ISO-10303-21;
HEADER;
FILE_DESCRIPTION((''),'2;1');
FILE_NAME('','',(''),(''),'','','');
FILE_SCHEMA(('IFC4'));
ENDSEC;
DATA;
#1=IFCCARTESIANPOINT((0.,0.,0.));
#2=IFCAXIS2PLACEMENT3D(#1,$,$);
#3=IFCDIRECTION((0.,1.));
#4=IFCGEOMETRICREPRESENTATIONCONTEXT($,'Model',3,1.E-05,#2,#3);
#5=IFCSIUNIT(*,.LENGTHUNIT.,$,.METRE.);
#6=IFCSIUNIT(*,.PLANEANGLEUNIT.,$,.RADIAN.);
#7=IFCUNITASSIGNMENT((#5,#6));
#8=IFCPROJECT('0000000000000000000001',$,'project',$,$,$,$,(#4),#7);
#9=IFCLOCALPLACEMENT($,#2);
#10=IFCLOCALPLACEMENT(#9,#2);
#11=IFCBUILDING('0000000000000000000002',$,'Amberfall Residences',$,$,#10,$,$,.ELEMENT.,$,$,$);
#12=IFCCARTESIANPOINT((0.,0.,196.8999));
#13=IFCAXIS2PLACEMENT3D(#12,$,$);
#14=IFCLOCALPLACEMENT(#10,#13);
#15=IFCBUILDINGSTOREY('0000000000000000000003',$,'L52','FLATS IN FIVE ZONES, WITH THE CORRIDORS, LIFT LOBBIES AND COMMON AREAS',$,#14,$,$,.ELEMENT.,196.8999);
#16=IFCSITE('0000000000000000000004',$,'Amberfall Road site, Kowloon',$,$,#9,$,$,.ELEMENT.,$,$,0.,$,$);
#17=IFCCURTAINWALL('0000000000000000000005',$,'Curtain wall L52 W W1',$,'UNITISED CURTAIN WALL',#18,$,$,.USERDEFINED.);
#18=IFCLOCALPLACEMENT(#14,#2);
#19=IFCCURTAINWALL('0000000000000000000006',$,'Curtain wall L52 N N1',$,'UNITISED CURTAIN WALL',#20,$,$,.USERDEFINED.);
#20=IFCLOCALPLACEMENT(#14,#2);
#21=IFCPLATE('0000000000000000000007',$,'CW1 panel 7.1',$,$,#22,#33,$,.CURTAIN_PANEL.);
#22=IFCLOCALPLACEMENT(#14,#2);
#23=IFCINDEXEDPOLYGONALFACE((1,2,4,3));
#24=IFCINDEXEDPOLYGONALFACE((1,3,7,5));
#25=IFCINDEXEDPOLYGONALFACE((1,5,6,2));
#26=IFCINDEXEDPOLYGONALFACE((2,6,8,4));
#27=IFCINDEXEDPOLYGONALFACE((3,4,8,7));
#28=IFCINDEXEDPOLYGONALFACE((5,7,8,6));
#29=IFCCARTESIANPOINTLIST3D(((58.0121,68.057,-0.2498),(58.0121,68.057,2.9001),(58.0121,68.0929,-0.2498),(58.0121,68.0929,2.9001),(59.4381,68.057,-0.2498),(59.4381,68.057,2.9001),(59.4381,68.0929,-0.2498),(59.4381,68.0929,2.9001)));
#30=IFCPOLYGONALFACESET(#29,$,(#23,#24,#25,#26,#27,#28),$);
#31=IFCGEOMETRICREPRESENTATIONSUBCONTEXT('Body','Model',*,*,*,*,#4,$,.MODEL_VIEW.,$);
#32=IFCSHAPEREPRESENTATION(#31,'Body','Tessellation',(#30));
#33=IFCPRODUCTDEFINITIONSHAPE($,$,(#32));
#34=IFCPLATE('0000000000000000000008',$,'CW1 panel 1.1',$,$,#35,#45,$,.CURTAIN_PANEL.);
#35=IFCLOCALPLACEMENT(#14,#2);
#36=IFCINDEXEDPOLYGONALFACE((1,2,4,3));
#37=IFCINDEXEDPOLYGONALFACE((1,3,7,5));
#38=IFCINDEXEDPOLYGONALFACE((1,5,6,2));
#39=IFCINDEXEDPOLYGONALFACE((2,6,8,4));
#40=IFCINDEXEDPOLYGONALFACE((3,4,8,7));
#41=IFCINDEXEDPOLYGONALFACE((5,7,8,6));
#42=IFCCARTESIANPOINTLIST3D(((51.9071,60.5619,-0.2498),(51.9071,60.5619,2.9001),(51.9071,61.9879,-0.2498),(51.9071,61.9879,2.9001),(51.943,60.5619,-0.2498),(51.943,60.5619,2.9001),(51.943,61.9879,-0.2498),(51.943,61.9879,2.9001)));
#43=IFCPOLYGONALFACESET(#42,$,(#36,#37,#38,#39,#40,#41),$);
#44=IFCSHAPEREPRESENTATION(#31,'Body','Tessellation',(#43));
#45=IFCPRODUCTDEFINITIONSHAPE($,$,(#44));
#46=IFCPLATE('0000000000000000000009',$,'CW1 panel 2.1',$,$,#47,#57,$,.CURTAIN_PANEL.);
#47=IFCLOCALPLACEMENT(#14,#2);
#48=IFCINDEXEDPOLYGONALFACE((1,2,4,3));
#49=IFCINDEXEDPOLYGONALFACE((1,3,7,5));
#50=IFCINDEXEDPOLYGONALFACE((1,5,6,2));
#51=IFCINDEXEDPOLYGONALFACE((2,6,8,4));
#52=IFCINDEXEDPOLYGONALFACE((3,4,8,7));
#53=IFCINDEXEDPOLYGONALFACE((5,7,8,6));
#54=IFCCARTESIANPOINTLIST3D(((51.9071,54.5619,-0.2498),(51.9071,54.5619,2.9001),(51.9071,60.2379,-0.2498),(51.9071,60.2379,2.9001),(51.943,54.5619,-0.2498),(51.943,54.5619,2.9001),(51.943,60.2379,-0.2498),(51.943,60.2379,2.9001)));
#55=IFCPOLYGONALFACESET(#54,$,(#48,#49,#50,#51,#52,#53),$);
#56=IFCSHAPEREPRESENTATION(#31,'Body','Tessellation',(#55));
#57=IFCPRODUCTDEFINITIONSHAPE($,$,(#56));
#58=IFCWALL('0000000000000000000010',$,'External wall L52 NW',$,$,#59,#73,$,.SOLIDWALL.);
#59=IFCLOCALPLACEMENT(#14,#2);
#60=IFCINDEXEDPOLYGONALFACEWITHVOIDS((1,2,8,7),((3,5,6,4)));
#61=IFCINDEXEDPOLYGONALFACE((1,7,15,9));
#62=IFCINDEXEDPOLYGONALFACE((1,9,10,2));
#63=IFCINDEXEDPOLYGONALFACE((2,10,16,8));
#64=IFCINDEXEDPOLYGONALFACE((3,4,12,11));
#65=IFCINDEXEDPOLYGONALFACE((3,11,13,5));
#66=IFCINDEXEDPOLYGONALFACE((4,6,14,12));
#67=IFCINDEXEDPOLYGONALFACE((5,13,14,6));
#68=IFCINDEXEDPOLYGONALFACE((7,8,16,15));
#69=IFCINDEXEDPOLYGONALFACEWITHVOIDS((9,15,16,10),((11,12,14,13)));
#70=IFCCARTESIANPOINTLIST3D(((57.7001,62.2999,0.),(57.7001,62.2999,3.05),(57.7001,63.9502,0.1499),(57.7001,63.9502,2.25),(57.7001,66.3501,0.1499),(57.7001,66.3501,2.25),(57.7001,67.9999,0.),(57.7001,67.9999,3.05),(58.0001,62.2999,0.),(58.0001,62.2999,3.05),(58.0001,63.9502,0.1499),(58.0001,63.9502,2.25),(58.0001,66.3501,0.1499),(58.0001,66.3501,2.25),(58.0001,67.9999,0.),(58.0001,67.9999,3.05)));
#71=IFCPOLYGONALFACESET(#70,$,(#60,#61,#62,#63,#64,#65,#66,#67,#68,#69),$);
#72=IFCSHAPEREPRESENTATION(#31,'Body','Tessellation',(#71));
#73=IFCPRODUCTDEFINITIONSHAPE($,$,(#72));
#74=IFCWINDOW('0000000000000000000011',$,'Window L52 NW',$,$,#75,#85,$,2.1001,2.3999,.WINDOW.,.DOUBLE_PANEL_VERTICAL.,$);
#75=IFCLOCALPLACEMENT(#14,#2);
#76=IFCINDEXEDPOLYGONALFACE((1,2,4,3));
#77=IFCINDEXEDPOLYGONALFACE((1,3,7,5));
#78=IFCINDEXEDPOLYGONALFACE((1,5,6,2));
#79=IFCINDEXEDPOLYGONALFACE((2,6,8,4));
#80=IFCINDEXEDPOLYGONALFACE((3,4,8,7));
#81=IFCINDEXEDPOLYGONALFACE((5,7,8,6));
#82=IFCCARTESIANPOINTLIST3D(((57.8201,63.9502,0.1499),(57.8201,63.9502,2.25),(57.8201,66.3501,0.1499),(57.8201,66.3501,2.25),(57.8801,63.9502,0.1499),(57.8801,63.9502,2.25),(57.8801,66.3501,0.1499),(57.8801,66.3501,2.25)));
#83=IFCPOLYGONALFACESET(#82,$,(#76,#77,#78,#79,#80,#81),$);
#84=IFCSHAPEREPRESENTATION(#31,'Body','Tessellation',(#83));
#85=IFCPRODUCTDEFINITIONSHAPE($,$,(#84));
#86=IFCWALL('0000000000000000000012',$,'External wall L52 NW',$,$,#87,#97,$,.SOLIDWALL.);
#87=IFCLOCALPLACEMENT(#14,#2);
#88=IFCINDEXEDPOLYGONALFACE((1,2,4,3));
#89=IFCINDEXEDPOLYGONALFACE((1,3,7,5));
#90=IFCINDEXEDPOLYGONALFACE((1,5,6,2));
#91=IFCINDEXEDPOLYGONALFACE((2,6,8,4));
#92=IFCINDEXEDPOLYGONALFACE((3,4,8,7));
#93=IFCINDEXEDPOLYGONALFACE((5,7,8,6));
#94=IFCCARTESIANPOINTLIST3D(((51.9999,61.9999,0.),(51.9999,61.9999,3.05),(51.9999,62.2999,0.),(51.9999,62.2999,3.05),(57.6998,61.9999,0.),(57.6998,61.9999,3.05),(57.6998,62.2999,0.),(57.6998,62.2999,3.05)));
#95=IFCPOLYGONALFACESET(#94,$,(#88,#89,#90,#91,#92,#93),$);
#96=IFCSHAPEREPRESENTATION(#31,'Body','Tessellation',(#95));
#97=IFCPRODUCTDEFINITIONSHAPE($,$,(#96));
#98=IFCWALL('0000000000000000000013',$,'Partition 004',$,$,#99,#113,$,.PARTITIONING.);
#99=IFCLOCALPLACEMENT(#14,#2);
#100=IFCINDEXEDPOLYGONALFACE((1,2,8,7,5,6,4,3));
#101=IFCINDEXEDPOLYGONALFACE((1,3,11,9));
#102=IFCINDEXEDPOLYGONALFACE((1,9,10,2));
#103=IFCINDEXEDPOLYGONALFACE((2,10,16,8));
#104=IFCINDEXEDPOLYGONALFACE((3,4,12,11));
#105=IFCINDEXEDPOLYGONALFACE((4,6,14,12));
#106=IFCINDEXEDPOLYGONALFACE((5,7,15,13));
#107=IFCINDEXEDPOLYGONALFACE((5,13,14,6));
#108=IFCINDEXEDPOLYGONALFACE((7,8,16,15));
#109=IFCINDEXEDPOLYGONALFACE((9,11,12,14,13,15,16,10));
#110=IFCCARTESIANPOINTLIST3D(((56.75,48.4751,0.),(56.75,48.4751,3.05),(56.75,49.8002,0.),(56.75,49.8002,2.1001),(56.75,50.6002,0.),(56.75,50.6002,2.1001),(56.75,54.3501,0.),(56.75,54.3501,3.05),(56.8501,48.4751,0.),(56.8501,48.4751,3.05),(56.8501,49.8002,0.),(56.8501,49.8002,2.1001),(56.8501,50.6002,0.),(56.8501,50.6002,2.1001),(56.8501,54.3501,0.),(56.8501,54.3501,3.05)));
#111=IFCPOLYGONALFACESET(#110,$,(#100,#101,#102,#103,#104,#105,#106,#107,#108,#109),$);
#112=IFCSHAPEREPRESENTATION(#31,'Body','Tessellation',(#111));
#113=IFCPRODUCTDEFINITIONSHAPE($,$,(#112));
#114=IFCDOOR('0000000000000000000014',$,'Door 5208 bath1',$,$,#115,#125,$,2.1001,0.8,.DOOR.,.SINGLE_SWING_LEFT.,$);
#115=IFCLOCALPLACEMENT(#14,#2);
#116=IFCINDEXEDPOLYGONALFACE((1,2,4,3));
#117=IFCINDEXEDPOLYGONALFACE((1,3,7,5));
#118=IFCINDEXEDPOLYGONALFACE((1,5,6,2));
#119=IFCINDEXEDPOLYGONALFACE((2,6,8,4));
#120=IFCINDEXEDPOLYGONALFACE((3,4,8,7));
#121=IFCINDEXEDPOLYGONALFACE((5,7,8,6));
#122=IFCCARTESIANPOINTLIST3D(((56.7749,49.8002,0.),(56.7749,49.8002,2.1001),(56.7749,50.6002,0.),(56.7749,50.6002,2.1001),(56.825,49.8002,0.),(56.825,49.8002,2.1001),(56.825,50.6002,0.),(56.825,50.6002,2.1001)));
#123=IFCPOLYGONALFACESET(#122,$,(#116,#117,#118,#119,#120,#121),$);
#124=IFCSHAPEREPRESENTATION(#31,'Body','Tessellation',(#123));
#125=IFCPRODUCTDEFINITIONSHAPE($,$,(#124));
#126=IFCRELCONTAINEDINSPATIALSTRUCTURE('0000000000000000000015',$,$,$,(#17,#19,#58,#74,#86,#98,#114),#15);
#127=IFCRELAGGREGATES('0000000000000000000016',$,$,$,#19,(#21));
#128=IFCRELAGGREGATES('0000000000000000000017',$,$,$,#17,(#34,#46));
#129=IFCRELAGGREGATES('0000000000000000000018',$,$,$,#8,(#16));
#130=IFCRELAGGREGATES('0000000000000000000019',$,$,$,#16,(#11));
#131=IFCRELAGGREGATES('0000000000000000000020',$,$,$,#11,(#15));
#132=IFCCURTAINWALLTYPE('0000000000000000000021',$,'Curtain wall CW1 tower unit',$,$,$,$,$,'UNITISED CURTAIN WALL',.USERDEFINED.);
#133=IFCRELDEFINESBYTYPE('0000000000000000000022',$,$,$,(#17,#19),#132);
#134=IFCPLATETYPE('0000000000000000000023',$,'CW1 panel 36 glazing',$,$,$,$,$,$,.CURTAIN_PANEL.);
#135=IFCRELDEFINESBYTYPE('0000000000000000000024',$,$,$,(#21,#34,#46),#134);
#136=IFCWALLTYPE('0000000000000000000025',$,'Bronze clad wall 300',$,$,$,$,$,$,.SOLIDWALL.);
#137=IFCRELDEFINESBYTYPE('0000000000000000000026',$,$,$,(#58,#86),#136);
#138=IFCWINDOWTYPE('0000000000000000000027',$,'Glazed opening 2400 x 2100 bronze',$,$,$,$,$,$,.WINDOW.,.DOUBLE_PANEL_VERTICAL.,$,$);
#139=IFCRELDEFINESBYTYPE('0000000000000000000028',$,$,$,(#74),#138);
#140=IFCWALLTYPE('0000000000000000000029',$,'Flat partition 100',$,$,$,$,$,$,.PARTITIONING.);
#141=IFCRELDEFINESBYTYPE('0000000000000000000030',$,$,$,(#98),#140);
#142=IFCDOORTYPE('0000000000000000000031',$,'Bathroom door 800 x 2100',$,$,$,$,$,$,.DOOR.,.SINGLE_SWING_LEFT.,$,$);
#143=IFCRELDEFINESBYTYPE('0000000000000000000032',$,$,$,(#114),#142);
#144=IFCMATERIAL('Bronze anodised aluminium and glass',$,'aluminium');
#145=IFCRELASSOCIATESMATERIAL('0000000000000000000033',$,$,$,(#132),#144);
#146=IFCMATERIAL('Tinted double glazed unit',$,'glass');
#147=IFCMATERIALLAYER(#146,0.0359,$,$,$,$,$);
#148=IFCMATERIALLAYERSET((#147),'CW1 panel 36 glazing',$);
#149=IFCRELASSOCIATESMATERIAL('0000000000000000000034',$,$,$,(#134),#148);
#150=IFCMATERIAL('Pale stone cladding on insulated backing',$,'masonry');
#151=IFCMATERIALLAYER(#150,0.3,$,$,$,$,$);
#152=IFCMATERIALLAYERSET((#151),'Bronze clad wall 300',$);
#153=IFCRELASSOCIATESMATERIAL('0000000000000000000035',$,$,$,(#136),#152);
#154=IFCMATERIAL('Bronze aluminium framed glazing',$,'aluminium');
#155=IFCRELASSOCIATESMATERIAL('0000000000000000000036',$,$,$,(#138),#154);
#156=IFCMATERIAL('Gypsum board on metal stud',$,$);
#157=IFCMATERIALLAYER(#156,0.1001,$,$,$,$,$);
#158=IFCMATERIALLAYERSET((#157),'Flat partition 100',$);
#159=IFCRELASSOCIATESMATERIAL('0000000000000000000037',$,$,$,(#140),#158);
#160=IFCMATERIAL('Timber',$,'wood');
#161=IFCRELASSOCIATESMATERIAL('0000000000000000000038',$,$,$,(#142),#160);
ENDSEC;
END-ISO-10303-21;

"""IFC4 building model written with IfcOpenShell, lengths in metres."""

from ifc_helpers import new_model, si_unit, direction, frame, frame_2d, origin, origin_2d, place, context, subcontext, project, spatial, rectangle, extrude, material, layer, layer_set, type_object, element, fill, aggregate, save


model = new_model("IFC4")

# Units and contexts
model_context = context("Model", 3, precision=1e-05, world=origin(), true_north=direction((0.0, 1.0)))
body_context = subcontext(model_context, "Body", "Model", "MODEL_VIEW")
ifc_project = project(units=[si_unit("LENGTHUNIT", "METRE"), si_unit("PLANEANGLEUNIT", "RADIAN")], contexts=[model_context])

# Site, building, storey
site_placement = place(None, origin())
site = spatial("IfcSite", under=ifc_project, at=site_placement, Name="Amberfall Road site, Kowloon", CompositionType="ELEMENT", RefElevation=0.0)
building_placement = place(site_placement, origin())
building = spatial("IfcBuilding", under=site, at=building_placement, Name="Amberfall Residences", CompositionType="ELEMENT")
storey_placement = place(building_placement, frame((0.0, 0.0, 196.8999)))
storey = spatial("IfcBuildingStorey", under=building, at=storey_placement, Name="L52", Description="FLATS IN FIVE ZONES, WITH THE CORRIDORS, LIFT LOBBIES AND COMMON AREAS", CompositionType="ELEMENT", Elevation=196.8999)

# Curtain wall
ifc_material_1 = material(Name="Bronze anodised aluminium and glass", Category="aluminium")
curtain_wall_type = type_object("IfcCurtainWallType", Name="Curtain wall CW1 tower unit", ElementType="UNITISED CURTAIN WALL", PredefinedType="USERDEFINED", material=ifc_material_1)
curtain_wall_1_placement = place(storey_placement, origin())
curtain_wall_1 = element("IfcCurtainWall", 1, at=curtain_wall_1_placement, inside=storey, type_object=curtain_wall_type, Name="Curtain wall L52 W W1", ObjectType="UNITISED CURTAIN WALL", PredefinedType="USERDEFINED")

# Curtain wall
curtain_wall_2_placement = place(storey_placement, origin())
curtain_wall_2 = element("IfcCurtainWall", 2, at=curtain_wall_2_placement, inside=storey, type_object=curtain_wall_type, Name="Curtain wall L52 N N1", ObjectType="UNITISED CURTAIN WALL", PredefinedType="USERDEFINED")

# Plates
ifc_material_2 = material(Name="Tinted double glazed unit", Category="glass")
ifc_layer_1 = layer(ifc_material_2, 0.0359)
ifc_layer_set_1 = layer_set([ifc_layer_1], Name="CW1 panel 36 glazing")
plate_type = type_object("IfcPlateType", Name="CW1 panel 36 glazing", PredefinedType="CURTAIN_PANEL", material=ifc_layer_set_1)
plate_1_placement = place(storey_placement, frame((58.7251, 68.075, -0.2498), z_axis=(0.0, 0.0, 1.0), x_axis=(-1.0, 0.0, 0.0)))
plate_1 = element("IfcPlate", 3, at=plate_1_placement, type_object=plate_type, Name="CW1 panel 7.1", PredefinedType="CURTAIN_PANEL", context=body_context, shape_type="SweptSolid", body=[
    extrude(rectangle(XDim=1.426, YDim=0.0359, at=origin_2d()), origin(), (0.0, 0.0, 1.0), 3.1499),
])
aggregate(curtain_wall_2, [plate_1])
plate_2_placement = place(storey_placement, frame((51.925, 61.2749, -0.2498), z_axis=(0.0, 0.0, 1.0), x_axis=(0.0, -1.0, 0.0)))
plate_2 = element("IfcPlate", 4, at=plate_2_placement, type_object=plate_type, Name="CW1 panel 1.1", PredefinedType="CURTAIN_PANEL", context=body_context, shape_type="SweptSolid", body=[
    extrude(rectangle(XDim=1.426, YDim=0.0359, at=origin_2d()), origin(), (0.0, 0.0, 1.0), 3.1499),
])
plate_3_placement = place(storey_placement, frame((51.925, 57.3999, -0.2498), z_axis=(0.0, 0.0, 1.0), x_axis=(0.0, -1.0, 0.0)))
plate_3 = element("IfcPlate", 5, at=plate_3_placement, type_object=plate_type, Name="CW1 panel 2.1", PredefinedType="CURTAIN_PANEL", context=body_context, shape_type="SweptSolid", body=[
    extrude(rectangle(XDim=5.676, YDim=0.0359, at=origin_2d()), origin(), (0.0, 0.0, 1.0), 3.1499),
])
aggregate(curtain_wall_1, [plate_2, plate_3])

# Wall, opening, window
ifc_material_3 = material(Name="Pale stone cladding on insulated backing", Category="masonry")
ifc_layer_2 = layer(ifc_material_3, 0.3)
ifc_layer_set_2 = layer_set([ifc_layer_2], Name="Bronze clad wall 300")
wall_type_1 = type_object("IfcWallType", Name="Bronze clad wall 300", PredefinedType="SOLIDWALL", material=ifc_layer_set_2)
wall_1_placement = place(storey_placement, frame((57.8501, 68.0, 0.0), z_axis=(0.0, 0.0, 1.0), x_axis=(0.0, -1.0, 0.0)))
wall_1 = element("IfcWall", 6, at=wall_1_placement, inside=storey, type_object=wall_type_1, Name="External wall L52 NW", PredefinedType="SOLIDWALL", context=body_context, shape_type="SweptSolid", body=[
    extrude(rectangle(XDim=5.7, YDim=0.3, at=frame_2d((2.8501, 0.0))), origin(), (0.0, 0.0, 1.0), 3.05),
])
opening_1_placement = place(wall_1_placement, frame((1.6499, 0.0, 0.1499)))
opening_1 = element("IfcOpeningElement", 7, at=opening_1_placement, cuts=wall_1, PredefinedType="OPENING", context=body_context, shape_type="SweptSolid", body=[
    extrude(rectangle(XDim=2.3999, YDim=2.1001, at=frame_2d((1.2, 1.05))), frame((0.0, 0.1599, 0.0), z_axis=(0.0, -1.0, 0.0), x_axis=(1.0, 0.0, 0.0)), (0.0, 0.0, 1.0), 0.3201),
])
ifc_material_4 = material(Name="Bronze aluminium framed glazing", Category="aluminium")
window_type = type_object("IfcWindowType", Name="Glazed opening 2400 x 2100 bronze", PartitioningType="DOUBLE_PANEL_VERTICAL", PredefinedType="WINDOW", material=ifc_material_4)
window_placement = place(opening_1_placement, origin())
window = element("IfcWindow", 8, at=window_placement, inside=storey, type_object=window_type, Name="Window L52 NW", OverallHeight=2.1001, OverallWidth=2.3999, PartitioningType="DOUBLE_PANEL_VERTICAL", PredefinedType="WINDOW", context=body_context, shape_type="SweptSolid", body=[
    extrude(rectangle(XDim=2.3999, YDim=2.1001, at=frame_2d((1.2, 1.05))), frame((0.0, 0.03, 0.0), z_axis=(0.0, -1.0, 0.0), x_axis=(1.0, 0.0, 0.0)), (0.0, 0.0, 1.0), 0.0601),
])
fill(opening_1, window)

# Wall
wall_2_placement = place(storey_placement, frame((57.7, 62.1499, 0.0), z_axis=(0.0, 0.0, 1.0), x_axis=(-1.0, 0.0, 0.0)))
element("IfcWall", 9, at=wall_2_placement, inside=storey, type_object=wall_type_1, Name="External wall L52 NW", PredefinedType="SOLIDWALL", context=body_context, shape_type="SweptSolid", body=[
    extrude(rectangle(XDim=5.7, YDim=0.3, at=frame_2d((2.8501, 0.0))), origin(), (0.0, 0.0, 1.0), 3.05),
])

# Wall, opening, door
ifc_material_5 = material(Name="Gypsum board on metal stud")
ifc_layer_3 = layer(ifc_material_5, 0.1001)
ifc_layer_set_3 = layer_set([ifc_layer_3], Name="Flat partition 100")
wall_type_2 = type_object("IfcWallType", Name="Flat partition 100", PredefinedType="PARTITIONING", material=ifc_layer_set_3)
wall_3_placement = place(storey_placement, frame((56.8, 54.3501, 0.0), z_axis=(0.0, 0.0, 1.0), x_axis=(0.0, -1.0, 0.0)))
wall_3 = element("IfcWall", 10, at=wall_3_placement, inside=storey, type_object=wall_type_2, Name="Partition 004", PredefinedType="PARTITIONING", context=body_context, shape_type="SweptSolid", body=[
    extrude(rectangle(XDim=5.875, YDim=0.1001, at=frame_2d((2.9375, 0.0))), origin(), (0.0, 0.0, 1.0), 3.05),
])
opening_2_placement = place(wall_3_placement, frame((3.75, 0.0, 0.0)))
opening_2 = element("IfcOpeningElement", 11, at=opening_2_placement, cuts=wall_3, PredefinedType="OPENING", context=body_context, shape_type="SweptSolid", body=[
    extrude(rectangle(XDim=0.8, YDim=2.1001, at=frame_2d((0.3999, 1.05))), frame((0.0, 0.0601, 0.0), z_axis=(0.0, -1.0, 0.0), x_axis=(1.0, 0.0, 0.0)), (0.0, 0.0, 1.0), 0.1201),
])
ifc_material_6 = material(Name="Timber", Category="wood")
door_type = type_object("IfcDoorType", Name="Bathroom door 800 x 2100", OperationType="SINGLE_SWING_LEFT", PredefinedType="DOOR", material=ifc_material_6)
door_placement = place(opening_2_placement, origin())
door = element("IfcDoor", 12, at=door_placement, inside=storey, type_object=door_type, Name="Door 5208 bath1", OperationType="SINGLE_SWING_LEFT", OverallHeight=2.1001, OverallWidth=0.8, PredefinedType="DOOR", context=body_context, shape_type="SweptSolid", body=[
    extrude(rectangle(XDim=0.8, YDim=2.1001, at=frame_2d((0.3999, 1.05))), frame((0.0, 0.0249, 0.0), z_axis=(0.0, -1.0, 0.0), x_axis=(1.0, 0.0, 0.0)), (0.0, 0.0, 1.0), 0.05),
])
fill(opening_2, door)

save(model, "model.ifc")
